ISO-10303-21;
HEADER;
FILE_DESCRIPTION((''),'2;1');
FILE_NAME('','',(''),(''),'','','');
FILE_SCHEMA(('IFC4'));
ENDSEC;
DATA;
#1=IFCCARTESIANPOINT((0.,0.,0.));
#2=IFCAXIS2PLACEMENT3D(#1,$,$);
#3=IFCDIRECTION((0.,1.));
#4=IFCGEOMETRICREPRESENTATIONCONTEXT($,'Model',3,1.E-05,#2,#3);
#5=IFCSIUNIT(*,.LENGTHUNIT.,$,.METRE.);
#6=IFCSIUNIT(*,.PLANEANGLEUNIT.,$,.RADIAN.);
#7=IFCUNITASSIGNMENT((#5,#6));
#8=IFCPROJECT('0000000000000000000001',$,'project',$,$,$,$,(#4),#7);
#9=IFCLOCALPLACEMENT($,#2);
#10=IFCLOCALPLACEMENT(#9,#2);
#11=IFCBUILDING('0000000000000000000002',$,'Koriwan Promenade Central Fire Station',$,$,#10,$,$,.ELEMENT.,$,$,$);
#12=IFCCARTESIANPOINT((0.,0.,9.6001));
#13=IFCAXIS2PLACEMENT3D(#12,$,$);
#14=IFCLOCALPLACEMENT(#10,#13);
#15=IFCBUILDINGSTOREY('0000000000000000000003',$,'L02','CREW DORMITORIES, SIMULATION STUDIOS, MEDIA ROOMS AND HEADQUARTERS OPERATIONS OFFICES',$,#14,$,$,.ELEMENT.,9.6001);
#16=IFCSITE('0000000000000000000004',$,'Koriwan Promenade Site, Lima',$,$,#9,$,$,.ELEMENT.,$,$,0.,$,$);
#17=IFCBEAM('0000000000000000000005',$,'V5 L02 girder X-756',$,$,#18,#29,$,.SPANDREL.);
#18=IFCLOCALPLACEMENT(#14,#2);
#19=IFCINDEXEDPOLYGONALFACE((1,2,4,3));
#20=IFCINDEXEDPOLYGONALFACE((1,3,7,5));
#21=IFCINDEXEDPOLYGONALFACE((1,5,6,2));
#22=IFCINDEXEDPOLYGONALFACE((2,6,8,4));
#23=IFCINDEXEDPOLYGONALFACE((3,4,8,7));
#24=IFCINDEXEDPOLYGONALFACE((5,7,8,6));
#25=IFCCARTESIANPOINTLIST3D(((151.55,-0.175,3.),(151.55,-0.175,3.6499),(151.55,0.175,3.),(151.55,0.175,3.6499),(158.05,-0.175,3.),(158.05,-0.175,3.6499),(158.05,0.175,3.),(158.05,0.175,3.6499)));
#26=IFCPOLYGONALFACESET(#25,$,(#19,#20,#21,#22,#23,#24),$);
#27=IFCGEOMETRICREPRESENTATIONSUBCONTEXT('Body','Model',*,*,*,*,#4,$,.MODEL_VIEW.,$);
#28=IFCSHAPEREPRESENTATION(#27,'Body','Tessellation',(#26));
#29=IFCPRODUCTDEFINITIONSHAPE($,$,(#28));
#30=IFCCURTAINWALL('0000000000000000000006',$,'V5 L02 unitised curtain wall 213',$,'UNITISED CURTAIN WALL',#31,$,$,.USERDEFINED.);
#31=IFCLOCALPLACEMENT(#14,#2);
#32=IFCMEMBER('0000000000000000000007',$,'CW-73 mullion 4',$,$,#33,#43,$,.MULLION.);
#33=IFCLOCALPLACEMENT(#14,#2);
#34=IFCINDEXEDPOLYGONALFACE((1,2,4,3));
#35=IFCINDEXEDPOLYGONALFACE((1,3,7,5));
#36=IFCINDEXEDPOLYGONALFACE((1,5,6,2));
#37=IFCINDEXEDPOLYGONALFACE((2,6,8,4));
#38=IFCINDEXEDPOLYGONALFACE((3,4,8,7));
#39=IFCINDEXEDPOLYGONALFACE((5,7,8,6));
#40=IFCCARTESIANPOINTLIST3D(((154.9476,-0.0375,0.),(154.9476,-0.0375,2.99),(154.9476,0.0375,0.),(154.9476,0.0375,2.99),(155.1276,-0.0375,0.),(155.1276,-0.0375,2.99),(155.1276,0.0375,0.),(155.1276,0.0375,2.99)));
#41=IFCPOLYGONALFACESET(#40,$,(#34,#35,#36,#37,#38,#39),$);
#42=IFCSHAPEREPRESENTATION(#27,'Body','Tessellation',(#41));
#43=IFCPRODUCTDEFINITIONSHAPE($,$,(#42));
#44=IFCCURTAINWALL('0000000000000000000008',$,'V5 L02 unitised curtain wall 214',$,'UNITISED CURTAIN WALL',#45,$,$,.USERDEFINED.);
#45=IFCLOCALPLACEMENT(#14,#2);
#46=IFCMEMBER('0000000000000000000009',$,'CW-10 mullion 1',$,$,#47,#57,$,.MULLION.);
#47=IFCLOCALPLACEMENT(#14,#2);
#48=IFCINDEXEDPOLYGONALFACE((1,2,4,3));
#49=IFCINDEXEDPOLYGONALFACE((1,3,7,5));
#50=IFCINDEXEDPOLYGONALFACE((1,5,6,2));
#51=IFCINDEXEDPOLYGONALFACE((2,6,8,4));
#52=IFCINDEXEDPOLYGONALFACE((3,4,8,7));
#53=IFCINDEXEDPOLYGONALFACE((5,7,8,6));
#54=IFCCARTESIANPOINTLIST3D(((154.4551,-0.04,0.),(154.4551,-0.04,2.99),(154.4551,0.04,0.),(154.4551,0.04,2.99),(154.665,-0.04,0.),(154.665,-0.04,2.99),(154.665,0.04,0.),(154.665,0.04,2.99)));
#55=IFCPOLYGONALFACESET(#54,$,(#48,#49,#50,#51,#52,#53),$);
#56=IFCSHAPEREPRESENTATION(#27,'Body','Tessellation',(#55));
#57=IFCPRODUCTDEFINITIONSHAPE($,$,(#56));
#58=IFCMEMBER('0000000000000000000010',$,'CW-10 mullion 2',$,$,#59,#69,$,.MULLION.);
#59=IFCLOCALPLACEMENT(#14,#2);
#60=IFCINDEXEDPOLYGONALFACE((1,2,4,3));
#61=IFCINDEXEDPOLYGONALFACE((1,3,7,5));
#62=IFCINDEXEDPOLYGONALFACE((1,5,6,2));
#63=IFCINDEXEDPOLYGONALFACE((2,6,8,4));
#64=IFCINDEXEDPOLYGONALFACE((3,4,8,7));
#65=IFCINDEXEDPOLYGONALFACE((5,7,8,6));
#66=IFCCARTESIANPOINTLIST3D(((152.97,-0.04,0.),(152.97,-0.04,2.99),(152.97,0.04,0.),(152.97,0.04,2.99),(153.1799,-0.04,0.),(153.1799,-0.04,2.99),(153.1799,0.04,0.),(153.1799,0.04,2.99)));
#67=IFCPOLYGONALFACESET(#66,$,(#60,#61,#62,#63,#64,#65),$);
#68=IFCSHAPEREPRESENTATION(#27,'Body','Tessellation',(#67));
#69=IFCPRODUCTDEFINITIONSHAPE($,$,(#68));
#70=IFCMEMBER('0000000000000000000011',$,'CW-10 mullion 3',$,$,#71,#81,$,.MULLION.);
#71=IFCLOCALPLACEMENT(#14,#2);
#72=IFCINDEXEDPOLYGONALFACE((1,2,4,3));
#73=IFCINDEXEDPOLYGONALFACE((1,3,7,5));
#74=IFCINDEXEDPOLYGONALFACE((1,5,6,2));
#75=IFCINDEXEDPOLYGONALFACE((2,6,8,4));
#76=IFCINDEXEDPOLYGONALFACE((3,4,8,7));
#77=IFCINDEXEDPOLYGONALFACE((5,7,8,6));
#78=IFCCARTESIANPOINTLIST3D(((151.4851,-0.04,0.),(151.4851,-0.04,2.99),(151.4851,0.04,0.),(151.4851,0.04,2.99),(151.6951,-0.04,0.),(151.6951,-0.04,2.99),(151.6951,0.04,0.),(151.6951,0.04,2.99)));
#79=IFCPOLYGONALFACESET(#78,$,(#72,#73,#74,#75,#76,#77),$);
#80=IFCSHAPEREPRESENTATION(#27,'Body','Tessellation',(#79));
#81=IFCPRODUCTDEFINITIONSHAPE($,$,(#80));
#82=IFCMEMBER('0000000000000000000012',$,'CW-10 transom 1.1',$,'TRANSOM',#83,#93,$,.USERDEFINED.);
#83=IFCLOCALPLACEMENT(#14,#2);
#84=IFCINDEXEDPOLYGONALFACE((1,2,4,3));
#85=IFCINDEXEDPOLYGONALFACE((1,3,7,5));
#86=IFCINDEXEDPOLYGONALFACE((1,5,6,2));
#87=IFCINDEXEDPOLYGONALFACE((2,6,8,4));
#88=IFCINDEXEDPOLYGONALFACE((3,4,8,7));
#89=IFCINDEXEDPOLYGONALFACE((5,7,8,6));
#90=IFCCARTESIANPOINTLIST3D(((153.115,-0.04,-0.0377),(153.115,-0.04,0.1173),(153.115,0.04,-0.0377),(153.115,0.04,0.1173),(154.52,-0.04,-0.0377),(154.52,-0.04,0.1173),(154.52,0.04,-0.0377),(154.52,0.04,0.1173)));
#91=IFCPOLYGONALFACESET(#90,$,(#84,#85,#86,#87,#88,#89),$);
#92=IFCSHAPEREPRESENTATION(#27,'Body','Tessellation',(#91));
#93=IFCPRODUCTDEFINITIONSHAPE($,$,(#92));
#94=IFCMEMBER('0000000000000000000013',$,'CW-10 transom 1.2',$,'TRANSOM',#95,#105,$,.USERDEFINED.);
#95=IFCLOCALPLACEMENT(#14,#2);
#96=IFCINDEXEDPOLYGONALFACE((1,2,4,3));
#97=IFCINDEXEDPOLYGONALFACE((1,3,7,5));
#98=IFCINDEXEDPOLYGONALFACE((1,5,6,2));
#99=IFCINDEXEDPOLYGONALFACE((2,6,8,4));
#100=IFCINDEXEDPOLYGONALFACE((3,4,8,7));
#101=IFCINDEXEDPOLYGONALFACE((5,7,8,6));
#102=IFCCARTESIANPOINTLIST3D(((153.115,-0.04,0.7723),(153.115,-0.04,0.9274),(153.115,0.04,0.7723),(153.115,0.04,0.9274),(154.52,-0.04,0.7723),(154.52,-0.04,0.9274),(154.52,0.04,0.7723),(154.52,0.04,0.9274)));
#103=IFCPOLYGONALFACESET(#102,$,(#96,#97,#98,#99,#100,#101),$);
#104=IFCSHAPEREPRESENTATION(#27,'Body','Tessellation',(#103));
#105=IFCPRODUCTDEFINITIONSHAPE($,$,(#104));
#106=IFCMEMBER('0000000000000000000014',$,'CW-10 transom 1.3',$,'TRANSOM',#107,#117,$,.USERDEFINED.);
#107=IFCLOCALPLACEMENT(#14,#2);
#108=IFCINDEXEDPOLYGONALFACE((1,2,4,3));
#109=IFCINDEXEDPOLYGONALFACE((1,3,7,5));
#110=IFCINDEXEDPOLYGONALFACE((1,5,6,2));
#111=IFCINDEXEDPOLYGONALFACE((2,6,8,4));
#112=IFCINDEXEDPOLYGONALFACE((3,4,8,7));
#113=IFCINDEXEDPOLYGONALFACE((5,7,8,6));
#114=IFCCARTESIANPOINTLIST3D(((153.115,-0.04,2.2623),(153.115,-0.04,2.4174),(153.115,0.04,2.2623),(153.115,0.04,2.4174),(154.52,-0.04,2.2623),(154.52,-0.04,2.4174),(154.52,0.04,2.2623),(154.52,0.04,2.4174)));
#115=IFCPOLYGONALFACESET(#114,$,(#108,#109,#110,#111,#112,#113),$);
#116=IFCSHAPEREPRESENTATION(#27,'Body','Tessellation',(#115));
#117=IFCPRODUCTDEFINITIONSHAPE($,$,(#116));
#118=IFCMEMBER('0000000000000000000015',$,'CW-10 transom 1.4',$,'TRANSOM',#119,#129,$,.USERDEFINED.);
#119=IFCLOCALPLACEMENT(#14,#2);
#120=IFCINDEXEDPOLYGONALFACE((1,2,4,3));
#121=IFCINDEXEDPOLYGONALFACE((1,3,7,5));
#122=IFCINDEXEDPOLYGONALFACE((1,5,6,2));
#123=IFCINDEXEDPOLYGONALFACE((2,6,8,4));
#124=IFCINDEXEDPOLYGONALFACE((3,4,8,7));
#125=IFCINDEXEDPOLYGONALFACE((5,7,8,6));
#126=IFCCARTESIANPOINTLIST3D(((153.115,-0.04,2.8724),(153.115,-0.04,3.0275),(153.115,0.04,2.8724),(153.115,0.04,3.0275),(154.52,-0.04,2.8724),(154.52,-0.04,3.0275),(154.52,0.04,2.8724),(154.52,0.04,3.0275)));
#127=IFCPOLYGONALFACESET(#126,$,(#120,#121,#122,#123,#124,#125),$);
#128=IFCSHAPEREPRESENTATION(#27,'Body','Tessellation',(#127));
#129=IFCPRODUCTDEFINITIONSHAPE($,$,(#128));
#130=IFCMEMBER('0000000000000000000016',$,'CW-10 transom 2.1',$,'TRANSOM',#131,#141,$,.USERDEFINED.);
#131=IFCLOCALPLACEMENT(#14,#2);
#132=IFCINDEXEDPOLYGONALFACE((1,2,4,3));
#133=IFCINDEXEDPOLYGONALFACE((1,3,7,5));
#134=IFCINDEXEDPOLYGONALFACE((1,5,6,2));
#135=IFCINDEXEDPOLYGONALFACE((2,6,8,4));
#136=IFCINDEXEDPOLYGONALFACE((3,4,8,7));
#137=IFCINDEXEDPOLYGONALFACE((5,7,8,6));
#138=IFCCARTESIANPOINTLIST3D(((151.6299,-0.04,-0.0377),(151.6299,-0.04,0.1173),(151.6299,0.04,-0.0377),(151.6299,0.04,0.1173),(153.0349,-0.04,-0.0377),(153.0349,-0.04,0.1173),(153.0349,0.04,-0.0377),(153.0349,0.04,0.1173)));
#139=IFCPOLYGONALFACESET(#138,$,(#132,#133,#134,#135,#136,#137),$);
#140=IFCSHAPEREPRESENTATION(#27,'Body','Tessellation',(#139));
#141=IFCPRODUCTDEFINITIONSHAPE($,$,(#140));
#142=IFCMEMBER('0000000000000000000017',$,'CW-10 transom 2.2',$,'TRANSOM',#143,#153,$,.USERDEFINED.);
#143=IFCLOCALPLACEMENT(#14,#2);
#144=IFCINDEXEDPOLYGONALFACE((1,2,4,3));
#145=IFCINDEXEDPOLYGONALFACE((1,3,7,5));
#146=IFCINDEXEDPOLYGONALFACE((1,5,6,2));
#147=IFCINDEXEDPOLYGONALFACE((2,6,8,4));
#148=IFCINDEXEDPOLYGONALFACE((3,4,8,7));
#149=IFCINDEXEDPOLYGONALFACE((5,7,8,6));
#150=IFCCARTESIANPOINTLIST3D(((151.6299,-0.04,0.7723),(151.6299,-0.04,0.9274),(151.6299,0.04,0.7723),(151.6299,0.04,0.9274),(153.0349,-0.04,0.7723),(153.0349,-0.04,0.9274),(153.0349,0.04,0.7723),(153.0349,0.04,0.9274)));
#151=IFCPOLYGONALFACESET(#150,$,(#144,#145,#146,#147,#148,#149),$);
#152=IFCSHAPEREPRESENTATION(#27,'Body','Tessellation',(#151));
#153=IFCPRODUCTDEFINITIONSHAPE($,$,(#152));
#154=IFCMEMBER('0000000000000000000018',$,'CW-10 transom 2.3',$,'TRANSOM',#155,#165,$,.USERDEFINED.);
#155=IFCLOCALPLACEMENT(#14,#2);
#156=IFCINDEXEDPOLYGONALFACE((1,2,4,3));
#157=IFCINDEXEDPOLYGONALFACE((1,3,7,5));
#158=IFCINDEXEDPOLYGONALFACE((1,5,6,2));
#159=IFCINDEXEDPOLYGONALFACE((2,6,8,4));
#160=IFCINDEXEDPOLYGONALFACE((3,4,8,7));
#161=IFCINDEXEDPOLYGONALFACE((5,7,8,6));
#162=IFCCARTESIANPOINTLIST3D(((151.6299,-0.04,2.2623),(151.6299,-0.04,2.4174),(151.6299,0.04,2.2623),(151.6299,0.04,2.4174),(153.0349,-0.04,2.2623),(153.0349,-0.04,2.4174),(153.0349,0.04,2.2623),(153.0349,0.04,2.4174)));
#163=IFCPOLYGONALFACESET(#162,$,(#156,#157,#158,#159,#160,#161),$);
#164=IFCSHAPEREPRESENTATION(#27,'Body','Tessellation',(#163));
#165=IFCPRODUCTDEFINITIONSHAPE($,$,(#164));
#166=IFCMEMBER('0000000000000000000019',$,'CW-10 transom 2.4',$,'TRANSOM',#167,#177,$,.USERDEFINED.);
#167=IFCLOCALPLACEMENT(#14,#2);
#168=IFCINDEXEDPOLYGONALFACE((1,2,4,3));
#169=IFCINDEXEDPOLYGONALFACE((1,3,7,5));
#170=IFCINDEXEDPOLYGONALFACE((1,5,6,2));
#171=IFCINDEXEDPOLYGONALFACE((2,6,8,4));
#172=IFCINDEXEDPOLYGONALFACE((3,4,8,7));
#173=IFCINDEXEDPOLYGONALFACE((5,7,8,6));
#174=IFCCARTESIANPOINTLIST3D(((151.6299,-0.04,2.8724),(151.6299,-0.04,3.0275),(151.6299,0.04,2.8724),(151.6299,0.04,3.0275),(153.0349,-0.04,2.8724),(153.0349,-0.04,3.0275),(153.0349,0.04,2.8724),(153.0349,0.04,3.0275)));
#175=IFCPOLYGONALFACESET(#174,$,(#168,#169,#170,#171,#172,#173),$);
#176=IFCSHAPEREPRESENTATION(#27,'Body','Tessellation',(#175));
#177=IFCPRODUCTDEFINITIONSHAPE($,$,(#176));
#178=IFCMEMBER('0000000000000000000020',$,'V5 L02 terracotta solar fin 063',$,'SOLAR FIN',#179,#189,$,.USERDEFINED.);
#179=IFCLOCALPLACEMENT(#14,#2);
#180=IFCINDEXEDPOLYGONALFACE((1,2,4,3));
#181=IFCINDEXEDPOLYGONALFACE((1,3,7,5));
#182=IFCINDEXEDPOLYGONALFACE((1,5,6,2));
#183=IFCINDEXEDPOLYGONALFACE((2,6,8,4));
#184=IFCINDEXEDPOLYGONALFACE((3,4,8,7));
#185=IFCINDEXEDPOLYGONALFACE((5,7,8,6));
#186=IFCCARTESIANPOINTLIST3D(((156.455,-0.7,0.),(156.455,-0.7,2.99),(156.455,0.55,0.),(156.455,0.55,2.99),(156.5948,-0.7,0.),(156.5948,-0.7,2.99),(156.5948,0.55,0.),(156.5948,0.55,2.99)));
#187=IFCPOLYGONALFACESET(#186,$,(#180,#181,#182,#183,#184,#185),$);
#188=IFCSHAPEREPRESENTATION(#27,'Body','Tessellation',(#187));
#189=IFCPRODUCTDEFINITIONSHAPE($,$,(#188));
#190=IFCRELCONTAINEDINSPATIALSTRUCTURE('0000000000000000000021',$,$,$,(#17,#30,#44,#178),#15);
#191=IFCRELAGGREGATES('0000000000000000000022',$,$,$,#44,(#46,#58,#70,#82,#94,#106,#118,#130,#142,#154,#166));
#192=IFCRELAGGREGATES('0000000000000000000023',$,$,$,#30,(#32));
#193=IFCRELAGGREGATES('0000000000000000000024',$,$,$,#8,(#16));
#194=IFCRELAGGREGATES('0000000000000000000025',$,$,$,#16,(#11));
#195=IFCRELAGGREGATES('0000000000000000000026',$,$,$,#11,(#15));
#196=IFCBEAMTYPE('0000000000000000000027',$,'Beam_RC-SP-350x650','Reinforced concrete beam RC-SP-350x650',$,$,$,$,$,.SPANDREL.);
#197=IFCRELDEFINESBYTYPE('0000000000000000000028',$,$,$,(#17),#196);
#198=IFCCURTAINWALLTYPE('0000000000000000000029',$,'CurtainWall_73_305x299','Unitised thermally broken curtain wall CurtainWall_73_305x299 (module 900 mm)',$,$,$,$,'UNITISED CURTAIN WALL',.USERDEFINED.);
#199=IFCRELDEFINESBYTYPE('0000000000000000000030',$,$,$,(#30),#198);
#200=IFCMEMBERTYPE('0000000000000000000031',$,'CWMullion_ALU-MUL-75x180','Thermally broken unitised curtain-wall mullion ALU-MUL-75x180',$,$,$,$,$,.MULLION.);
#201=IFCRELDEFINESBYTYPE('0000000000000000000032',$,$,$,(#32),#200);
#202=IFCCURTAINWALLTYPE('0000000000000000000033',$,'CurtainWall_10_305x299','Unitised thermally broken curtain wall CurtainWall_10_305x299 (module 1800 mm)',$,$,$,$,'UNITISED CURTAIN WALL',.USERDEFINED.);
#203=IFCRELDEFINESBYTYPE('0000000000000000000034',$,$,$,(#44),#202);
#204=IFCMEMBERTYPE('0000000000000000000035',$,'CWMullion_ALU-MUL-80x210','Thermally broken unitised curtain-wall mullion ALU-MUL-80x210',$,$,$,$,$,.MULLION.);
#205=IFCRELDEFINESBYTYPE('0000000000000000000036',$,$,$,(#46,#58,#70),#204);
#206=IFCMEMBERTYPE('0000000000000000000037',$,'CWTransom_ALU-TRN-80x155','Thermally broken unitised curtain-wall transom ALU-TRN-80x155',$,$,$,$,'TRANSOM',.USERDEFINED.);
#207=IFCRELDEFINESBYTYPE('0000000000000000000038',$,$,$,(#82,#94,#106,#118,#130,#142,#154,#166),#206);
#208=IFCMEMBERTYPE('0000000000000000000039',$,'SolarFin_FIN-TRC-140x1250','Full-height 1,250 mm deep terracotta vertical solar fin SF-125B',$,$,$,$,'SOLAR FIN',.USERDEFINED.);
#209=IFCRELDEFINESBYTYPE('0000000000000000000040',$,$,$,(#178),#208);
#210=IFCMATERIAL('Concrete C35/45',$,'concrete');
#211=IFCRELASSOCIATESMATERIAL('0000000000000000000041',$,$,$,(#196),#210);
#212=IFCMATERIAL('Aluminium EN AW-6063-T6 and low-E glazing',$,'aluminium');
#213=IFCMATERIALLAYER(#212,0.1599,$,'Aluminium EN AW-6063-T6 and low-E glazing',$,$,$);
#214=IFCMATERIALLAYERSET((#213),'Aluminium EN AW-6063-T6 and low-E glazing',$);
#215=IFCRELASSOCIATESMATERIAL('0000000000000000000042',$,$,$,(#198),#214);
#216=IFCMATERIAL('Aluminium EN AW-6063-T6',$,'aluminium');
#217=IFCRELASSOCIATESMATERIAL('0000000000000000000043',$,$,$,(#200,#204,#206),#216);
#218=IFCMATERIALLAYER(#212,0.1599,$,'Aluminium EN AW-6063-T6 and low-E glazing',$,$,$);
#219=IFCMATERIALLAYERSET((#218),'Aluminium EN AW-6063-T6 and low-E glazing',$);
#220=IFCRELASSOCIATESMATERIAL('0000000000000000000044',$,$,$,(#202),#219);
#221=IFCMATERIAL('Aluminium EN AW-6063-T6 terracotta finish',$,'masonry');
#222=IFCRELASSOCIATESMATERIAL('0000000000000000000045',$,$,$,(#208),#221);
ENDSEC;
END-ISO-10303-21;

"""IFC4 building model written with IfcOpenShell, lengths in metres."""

from ifc_helpers import new_model, si_unit, direction, frame, origin, origin_2d, place, context, subcontext, project, spatial, rectangle, extrude, material, layer, layer_set, material_profile, profile_set, type_object, element, aggregate, save


model = new_model("IFC4")

# Units and contexts
model_context = context("Model", 3, precision=1e-05, world=origin(), true_north=direction((0.0, 1.0)))
body_context = subcontext(model_context, "Body", "Model", "MODEL_VIEW")
ifc_project = project(units=[si_unit("LENGTHUNIT", "METRE"), si_unit("PLANEANGLEUNIT", "RADIAN")], contexts=[model_context])

# Site, building, storey
site_placement = place(None, origin())
site = spatial("IfcSite", under=ifc_project, at=site_placement, Name="Koriwan Promenade Site, Lima", CompositionType="ELEMENT", RefElevation=0.0)
building_placement = place(site_placement, origin())
building = spatial("IfcBuilding", under=site, at=building_placement, Name="Koriwan Promenade Central Fire Station", CompositionType="ELEMENT")
storey_placement = place(building_placement, frame((0.0, 0.0, 9.6001)))
storey = spatial("IfcBuildingStorey", under=building, at=storey_placement, Name="L02", Description="CREW DORMITORIES, SIMULATION STUDIOS, MEDIA ROOMS AND HEADQUARTERS OPERATIONS OFFICES", CompositionType="ELEMENT", Elevation=9.6001)

# Beam
ifc_material_1 = material(Name="Concrete C35/45", Category="concrete")
ifc_material_profile_1 = material_profile(ifc_material_1, rectangle(XDim=0.3501, YDim=0.6499, at=origin_2d()), Name="RC-SP-350x650")
ifc_profile_set_1 = profile_set([ifc_material_profile_1], Name="Concrete C35/45")
beam_type = type_object("IfcBeamType", Name="Beam_RC-SP-350x650", Description="Reinforced concrete beam RC-SP-350x650", PredefinedType="SPANDREL", material=ifc_profile_set_1)
beam_placement = place(storey_placement, frame((151.55, 0.0, 3.325), z_axis=(1.0, 0.0, 0.0), x_axis=(0.0, 1.0, 0.0)))
element("IfcBeam", 1, at=beam_placement, inside=storey, type_object=beam_type, Name="V5 L02 girder X-756", PredefinedType="SPANDREL", context=body_context, shape_type="SweptSolid", body=[
    extrude(rectangle(XDim=0.3501, YDim=0.6499, at=origin_2d()), origin(), (0.0, 0.0, 1.0), 6.5),
])

# Curtain wall, member
ifc_material_2 = material(Name="Aluminium EN AW-6063-T6 and low-E glazing", Category="aluminium")
ifc_layer_1 = layer(ifc_material_2, 0.1599, Name="Aluminium EN AW-6063-T6 and low-E glazing")
ifc_layer_set_1 = layer_set([ifc_layer_1], Name="Aluminium EN AW-6063-T6 and low-E glazing")
curtain_wall_type_1 = type_object("IfcCurtainWallType", Name="CurtainWall_73_305x299", Description="Unitised thermally broken curtain wall CurtainWall_73_305x299 (module 900 mm)", ElementType="UNITISED CURTAIN WALL", PredefinedType="USERDEFINED", material=ifc_layer_set_1)
curtain_wall_1_placement = place(storey_placement, origin())
curtain_wall_1 = element("IfcCurtainWall", 2, at=curtain_wall_1_placement, inside=storey, type_object=curtain_wall_type_1, Name="V5 L02 unitised curtain wall 213", ObjectType="UNITISED CURTAIN WALL", PredefinedType="USERDEFINED")
ifc_material_3 = material(Name="Aluminium EN AW-6063-T6", Category="aluminium")
ifc_material_profile_2 = material_profile(ifc_material_3, rectangle(XDim=0.075, YDim=0.1799, at=origin_2d()), Name="ALU-MUL-75x180")
ifc_profile_set_2 = profile_set([ifc_material_profile_2], Name="Aluminium EN AW-6063-T6")
member_type_1 = type_object("IfcMemberType", Name="CWMullion_ALU-MUL-75x180", Description="Thermally broken unitised curtain-wall mullion ALU-MUL-75x180", PredefinedType="MULLION", material=ifc_profile_set_2)
member_1_placement = place(storey_placement, frame((155.0376, 0.0, 0.0), z_axis=(0.0, 0.0, 1.0), x_axis=(0.0, -1.0, 0.0)))
member_1 = element("IfcMember", 3, at=member_1_placement, type_object=member_type_1, Name="CW-73 mullion 4", PredefinedType="MULLION", context=body_context, shape_type="SweptSolid", body=[
    extrude(rectangle(XDim=0.075, YDim=0.1799, at=origin_2d()), origin(), (0.0, 0.0, 1.0), 2.99),
])

# Curtain wall, members
ifc_layer_2 = layer(ifc_material_2, 0.1599, Name="Aluminium EN AW-6063-T6 and low-E glazing")
ifc_layer_set_2 = layer_set([ifc_layer_2], Name="Aluminium EN AW-6063-T6 and low-E glazing")
curtain_wall_type_2 = type_object("IfcCurtainWallType", Name="CurtainWall_10_305x299", Description="Unitised thermally broken curtain wall CurtainWall_10_305x299 (module 1800 mm)", ElementType="UNITISED CURTAIN WALL", PredefinedType="USERDEFINED", material=ifc_layer_set_2)
curtain_wall_2_placement = place(storey_placement, origin())
curtain_wall_2 = element("IfcCurtainWall", 4, at=curtain_wall_2_placement, inside=storey, type_object=curtain_wall_type_2, Name="V5 L02 unitised curtain wall 214", ObjectType="UNITISED CURTAIN WALL", PredefinedType="USERDEFINED")
ifc_material_profile_3 = material_profile(ifc_material_3, rectangle(XDim=0.0801, YDim=0.21, at=origin_2d()), Name="ALU-MUL-80x210")
ifc_profile_set_3 = profile_set([ifc_material_profile_3], Name="Aluminium EN AW-6063-T6")
member_type_2 = type_object("IfcMemberType", Name="CWMullion_ALU-MUL-80x210", Description="Thermally broken unitised curtain-wall mullion ALU-MUL-80x210", PredefinedType="MULLION", material=ifc_profile_set_3)
member_2_placement = place(storey_placement, frame((154.5601, 0.0, 0.0), z_axis=(0.0, 0.0, 1.0), x_axis=(0.0, -1.0, 0.0)))
member_2 = element("IfcMember", 5, at=member_2_placement, type_object=member_type_2, Name="CW-10 mullion 1", PredefinedType="MULLION", context=body_context, shape_type="SweptSolid", body=[
    extrude(rectangle(XDim=0.0801, YDim=0.21, at=origin_2d()), origin(), (0.0, 0.0, 1.0), 2.99),
])
member_3_placement = place(storey_placement, frame((153.075, 0.0, 0.0), z_axis=(0.0, 0.0, 1.0), x_axis=(0.0, -1.0, 0.0)))
member_3 = element("IfcMember", 6, at=member_3_placement, type_object=member_type_2, Name="CW-10 mullion 2", PredefinedType="MULLION", context=body_context, shape_type="SweptSolid", body=[
    extrude(rectangle(XDim=0.0801, YDim=0.21, at=origin_2d()), origin(), (0.0, 0.0, 1.0), 2.99),
])
member_4_placement = place(storey_placement, frame((151.5901, 0.0, 0.0), z_axis=(0.0, 0.0, 1.0), x_axis=(0.0, -1.0, 0.0)))
member_4 = element("IfcMember", 7, at=member_4_placement, type_object=member_type_2, Name="CW-10 mullion 3", PredefinedType="MULLION", context=body_context, shape_type="SweptSolid", body=[
    extrude(rectangle(XDim=0.0801, YDim=0.21, at=origin_2d()), origin(), (0.0, 0.0, 1.0), 2.99),
])
ifc_material_profile_4 = material_profile(ifc_material_3, rectangle(XDim=0.0801, YDim=0.155, at=origin_2d()), Name="ALU-TRN-80x155")
ifc_profile_set_4 = profile_set([ifc_material_profile_4], Name="Aluminium EN AW-6063-T6")
member_type_3 = type_object("IfcMemberType", Name="CWTransom_ALU-TRN-80x155", Description="Thermally broken unitised curtain-wall transom ALU-TRN-80x155", ElementType="TRANSOM", PredefinedType="USERDEFINED", material=ifc_profile_set_4)
member_5_placement = place(storey_placement, frame((154.52, 0.0, 0.0398), z_axis=(-1.0, 0.0, 0.0), x_axis=(0.0, -1.0, 0.0)))
member_5 = element("IfcMember", 8, at=member_5_placement, type_object=member_type_3, Name="CW-10 transom 1.1", ObjectType="TRANSOM", PredefinedType="USERDEFINED", context=body_context, shape_type="SweptSolid", body=[
    extrude(rectangle(XDim=0.0801, YDim=0.155, at=origin_2d()), origin(), (0.0, 0.0, 1.0), 1.405),
])
member_6_placement = place(storey_placement, frame((154.52, 0.0, 0.8499), z_axis=(-1.0, 0.0, 0.0), x_axis=(0.0, -1.0, 0.0)))
member_6 = element("IfcMember", 9, at=member_6_placement, type_object=member_type_3, Name="CW-10 transom 1.2", ObjectType="TRANSOM", PredefinedType="USERDEFINED", context=body_context, shape_type="SweptSolid", body=[
    extrude(rectangle(XDim=0.0801, YDim=0.155, at=origin_2d()), origin(), (0.0, 0.0, 1.0), 1.405),
])
member_7_placement = place(storey_placement, frame((154.52, 0.0, 2.3398), z_axis=(-1.0, 0.0, 0.0), x_axis=(0.0, -1.0, 0.0)))
member_7 = element("IfcMember", 10, at=member_7_placement, type_object=member_type_3, Name="CW-10 transom 1.3", ObjectType="TRANSOM", PredefinedType="USERDEFINED", context=body_context, shape_type="SweptSolid", body=[
    extrude(rectangle(XDim=0.0801, YDim=0.155, at=origin_2d()), origin(), (0.0, 0.0, 1.0), 1.405),
])
member_8_placement = place(storey_placement, frame((154.52, 0.0, 2.95), z_axis=(-1.0, 0.0, 0.0), x_axis=(0.0, -1.0, 0.0)))
member_8 = element("IfcMember", 11, at=member_8_placement, type_object=member_type_3, Name="CW-10 transom 1.4", ObjectType="TRANSOM", PredefinedType="USERDEFINED", context=body_context, shape_type="SweptSolid", body=[
    extrude(rectangle(XDim=0.0801, YDim=0.155, at=origin_2d()), origin(), (0.0, 0.0, 1.0), 1.405),
])
member_9_placement = place(storey_placement, frame((153.0349, 0.0, 0.0398), z_axis=(-1.0, 0.0, 0.0), x_axis=(0.0, -1.0, 0.0)))
member_9 = element("IfcMember", 12, at=member_9_placement, type_object=member_type_3, Name="CW-10 transom 2.1", ObjectType="TRANSOM", PredefinedType="USERDEFINED", context=body_context, shape_type="SweptSolid", body=[
    extrude(rectangle(XDim=0.0801, YDim=0.155, at=origin_2d()), origin(), (0.0, 0.0, 1.0), 1.405),
])
member_10_placement = place(storey_placement, frame((153.0349, 0.0, 0.8499), z_axis=(-1.0, 0.0, 0.0), x_axis=(0.0, -1.0, 0.0)))
member_10 = element("IfcMember", 13, at=member_10_placement, type_object=member_type_3, Name="CW-10 transom 2.2", ObjectType="TRANSOM", PredefinedType="USERDEFINED", context=body_context, shape_type="SweptSolid", body=[
    extrude(rectangle(XDim=0.0801, YDim=0.155, at=origin_2d()), origin(), (0.0, 0.0, 1.0), 1.405),
])
member_11_placement = place(storey_placement, frame((153.0349, 0.0, 2.3398), z_axis=(-1.0, 0.0, 0.0), x_axis=(0.0, -1.0, 0.0)))
member_11 = element("IfcMember", 14, at=member_11_placement, type_object=member_type_3, Name="CW-10 transom 2.3", ObjectType="TRANSOM", PredefinedType="USERDEFINED", context=body_context, shape_type="SweptSolid", body=[
    extrude(rectangle(XDim=0.0801, YDim=0.155, at=origin_2d()), origin(), (0.0, 0.0, 1.0), 1.405),
])
member_12_placement = place(storey_placement, frame((153.0349, 0.0, 2.95), z_axis=(-1.0, 0.0, 0.0), x_axis=(0.0, -1.0, 0.0)))
member_12 = element("IfcMember", 15, at=member_12_placement, type_object=member_type_3, Name="CW-10 transom 2.4", ObjectType="TRANSOM", PredefinedType="USERDEFINED", context=body_context, shape_type="SweptSolid", body=[
    extrude(rectangle(XDim=0.0801, YDim=0.155, at=origin_2d()), origin(), (0.0, 0.0, 1.0), 1.405),
])

# Member
ifc_material_4 = material(Name="Aluminium EN AW-6063-T6 terracotta finish", Category="masonry")
ifc_material_profile_5 = material_profile(ifc_material_4, rectangle(XDim=0.1399, YDim=1.25, at=origin_2d()), Name="FIN-TRC-140x1250")
ifc_profile_set_5 = profile_set([ifc_material_profile_5], Name="Aluminium EN AW-6063-T6 terracotta finish")
member_type_4 = type_object("IfcMemberType", Name="SolarFin_FIN-TRC-140x1250", Description="Full-height 1,250 mm deep terracotta vertical solar fin SF-125B", ElementType="SOLAR FIN", PredefinedType="USERDEFINED", material=ifc_profile_set_5)
for number, where, z_axis, x_axis, name in (
    (16, (156.5249, -0.075, 0.0), (0.0, 0.0, 1.0), (-1.0, 0.0, 0.0), "V5 L02 terracotta solar fin 063"),
):
    element("IfcMember", number, at=place(storey_placement, frame(where, z_axis=z_axis, x_axis=x_axis)), inside=storey, type_object=member_type_4, Name=name, ObjectType="SOLAR FIN", PredefinedType="USERDEFINED", context=body_context, shape_type="SweptSolid", body=[
        extrude(rectangle(XDim=0.1399, YDim=1.25, at=origin_2d()), origin(), (0.0, 0.0, 1.0), 2.99),
    ])

aggregate(curtain_wall_2, [member_2, member_3, member_4, member_5, member_6, member_7, member_8, member_9, member_10, member_11, member_12])
aggregate(curtain_wall_1, [member_1])

save(model, "model.ifc")
